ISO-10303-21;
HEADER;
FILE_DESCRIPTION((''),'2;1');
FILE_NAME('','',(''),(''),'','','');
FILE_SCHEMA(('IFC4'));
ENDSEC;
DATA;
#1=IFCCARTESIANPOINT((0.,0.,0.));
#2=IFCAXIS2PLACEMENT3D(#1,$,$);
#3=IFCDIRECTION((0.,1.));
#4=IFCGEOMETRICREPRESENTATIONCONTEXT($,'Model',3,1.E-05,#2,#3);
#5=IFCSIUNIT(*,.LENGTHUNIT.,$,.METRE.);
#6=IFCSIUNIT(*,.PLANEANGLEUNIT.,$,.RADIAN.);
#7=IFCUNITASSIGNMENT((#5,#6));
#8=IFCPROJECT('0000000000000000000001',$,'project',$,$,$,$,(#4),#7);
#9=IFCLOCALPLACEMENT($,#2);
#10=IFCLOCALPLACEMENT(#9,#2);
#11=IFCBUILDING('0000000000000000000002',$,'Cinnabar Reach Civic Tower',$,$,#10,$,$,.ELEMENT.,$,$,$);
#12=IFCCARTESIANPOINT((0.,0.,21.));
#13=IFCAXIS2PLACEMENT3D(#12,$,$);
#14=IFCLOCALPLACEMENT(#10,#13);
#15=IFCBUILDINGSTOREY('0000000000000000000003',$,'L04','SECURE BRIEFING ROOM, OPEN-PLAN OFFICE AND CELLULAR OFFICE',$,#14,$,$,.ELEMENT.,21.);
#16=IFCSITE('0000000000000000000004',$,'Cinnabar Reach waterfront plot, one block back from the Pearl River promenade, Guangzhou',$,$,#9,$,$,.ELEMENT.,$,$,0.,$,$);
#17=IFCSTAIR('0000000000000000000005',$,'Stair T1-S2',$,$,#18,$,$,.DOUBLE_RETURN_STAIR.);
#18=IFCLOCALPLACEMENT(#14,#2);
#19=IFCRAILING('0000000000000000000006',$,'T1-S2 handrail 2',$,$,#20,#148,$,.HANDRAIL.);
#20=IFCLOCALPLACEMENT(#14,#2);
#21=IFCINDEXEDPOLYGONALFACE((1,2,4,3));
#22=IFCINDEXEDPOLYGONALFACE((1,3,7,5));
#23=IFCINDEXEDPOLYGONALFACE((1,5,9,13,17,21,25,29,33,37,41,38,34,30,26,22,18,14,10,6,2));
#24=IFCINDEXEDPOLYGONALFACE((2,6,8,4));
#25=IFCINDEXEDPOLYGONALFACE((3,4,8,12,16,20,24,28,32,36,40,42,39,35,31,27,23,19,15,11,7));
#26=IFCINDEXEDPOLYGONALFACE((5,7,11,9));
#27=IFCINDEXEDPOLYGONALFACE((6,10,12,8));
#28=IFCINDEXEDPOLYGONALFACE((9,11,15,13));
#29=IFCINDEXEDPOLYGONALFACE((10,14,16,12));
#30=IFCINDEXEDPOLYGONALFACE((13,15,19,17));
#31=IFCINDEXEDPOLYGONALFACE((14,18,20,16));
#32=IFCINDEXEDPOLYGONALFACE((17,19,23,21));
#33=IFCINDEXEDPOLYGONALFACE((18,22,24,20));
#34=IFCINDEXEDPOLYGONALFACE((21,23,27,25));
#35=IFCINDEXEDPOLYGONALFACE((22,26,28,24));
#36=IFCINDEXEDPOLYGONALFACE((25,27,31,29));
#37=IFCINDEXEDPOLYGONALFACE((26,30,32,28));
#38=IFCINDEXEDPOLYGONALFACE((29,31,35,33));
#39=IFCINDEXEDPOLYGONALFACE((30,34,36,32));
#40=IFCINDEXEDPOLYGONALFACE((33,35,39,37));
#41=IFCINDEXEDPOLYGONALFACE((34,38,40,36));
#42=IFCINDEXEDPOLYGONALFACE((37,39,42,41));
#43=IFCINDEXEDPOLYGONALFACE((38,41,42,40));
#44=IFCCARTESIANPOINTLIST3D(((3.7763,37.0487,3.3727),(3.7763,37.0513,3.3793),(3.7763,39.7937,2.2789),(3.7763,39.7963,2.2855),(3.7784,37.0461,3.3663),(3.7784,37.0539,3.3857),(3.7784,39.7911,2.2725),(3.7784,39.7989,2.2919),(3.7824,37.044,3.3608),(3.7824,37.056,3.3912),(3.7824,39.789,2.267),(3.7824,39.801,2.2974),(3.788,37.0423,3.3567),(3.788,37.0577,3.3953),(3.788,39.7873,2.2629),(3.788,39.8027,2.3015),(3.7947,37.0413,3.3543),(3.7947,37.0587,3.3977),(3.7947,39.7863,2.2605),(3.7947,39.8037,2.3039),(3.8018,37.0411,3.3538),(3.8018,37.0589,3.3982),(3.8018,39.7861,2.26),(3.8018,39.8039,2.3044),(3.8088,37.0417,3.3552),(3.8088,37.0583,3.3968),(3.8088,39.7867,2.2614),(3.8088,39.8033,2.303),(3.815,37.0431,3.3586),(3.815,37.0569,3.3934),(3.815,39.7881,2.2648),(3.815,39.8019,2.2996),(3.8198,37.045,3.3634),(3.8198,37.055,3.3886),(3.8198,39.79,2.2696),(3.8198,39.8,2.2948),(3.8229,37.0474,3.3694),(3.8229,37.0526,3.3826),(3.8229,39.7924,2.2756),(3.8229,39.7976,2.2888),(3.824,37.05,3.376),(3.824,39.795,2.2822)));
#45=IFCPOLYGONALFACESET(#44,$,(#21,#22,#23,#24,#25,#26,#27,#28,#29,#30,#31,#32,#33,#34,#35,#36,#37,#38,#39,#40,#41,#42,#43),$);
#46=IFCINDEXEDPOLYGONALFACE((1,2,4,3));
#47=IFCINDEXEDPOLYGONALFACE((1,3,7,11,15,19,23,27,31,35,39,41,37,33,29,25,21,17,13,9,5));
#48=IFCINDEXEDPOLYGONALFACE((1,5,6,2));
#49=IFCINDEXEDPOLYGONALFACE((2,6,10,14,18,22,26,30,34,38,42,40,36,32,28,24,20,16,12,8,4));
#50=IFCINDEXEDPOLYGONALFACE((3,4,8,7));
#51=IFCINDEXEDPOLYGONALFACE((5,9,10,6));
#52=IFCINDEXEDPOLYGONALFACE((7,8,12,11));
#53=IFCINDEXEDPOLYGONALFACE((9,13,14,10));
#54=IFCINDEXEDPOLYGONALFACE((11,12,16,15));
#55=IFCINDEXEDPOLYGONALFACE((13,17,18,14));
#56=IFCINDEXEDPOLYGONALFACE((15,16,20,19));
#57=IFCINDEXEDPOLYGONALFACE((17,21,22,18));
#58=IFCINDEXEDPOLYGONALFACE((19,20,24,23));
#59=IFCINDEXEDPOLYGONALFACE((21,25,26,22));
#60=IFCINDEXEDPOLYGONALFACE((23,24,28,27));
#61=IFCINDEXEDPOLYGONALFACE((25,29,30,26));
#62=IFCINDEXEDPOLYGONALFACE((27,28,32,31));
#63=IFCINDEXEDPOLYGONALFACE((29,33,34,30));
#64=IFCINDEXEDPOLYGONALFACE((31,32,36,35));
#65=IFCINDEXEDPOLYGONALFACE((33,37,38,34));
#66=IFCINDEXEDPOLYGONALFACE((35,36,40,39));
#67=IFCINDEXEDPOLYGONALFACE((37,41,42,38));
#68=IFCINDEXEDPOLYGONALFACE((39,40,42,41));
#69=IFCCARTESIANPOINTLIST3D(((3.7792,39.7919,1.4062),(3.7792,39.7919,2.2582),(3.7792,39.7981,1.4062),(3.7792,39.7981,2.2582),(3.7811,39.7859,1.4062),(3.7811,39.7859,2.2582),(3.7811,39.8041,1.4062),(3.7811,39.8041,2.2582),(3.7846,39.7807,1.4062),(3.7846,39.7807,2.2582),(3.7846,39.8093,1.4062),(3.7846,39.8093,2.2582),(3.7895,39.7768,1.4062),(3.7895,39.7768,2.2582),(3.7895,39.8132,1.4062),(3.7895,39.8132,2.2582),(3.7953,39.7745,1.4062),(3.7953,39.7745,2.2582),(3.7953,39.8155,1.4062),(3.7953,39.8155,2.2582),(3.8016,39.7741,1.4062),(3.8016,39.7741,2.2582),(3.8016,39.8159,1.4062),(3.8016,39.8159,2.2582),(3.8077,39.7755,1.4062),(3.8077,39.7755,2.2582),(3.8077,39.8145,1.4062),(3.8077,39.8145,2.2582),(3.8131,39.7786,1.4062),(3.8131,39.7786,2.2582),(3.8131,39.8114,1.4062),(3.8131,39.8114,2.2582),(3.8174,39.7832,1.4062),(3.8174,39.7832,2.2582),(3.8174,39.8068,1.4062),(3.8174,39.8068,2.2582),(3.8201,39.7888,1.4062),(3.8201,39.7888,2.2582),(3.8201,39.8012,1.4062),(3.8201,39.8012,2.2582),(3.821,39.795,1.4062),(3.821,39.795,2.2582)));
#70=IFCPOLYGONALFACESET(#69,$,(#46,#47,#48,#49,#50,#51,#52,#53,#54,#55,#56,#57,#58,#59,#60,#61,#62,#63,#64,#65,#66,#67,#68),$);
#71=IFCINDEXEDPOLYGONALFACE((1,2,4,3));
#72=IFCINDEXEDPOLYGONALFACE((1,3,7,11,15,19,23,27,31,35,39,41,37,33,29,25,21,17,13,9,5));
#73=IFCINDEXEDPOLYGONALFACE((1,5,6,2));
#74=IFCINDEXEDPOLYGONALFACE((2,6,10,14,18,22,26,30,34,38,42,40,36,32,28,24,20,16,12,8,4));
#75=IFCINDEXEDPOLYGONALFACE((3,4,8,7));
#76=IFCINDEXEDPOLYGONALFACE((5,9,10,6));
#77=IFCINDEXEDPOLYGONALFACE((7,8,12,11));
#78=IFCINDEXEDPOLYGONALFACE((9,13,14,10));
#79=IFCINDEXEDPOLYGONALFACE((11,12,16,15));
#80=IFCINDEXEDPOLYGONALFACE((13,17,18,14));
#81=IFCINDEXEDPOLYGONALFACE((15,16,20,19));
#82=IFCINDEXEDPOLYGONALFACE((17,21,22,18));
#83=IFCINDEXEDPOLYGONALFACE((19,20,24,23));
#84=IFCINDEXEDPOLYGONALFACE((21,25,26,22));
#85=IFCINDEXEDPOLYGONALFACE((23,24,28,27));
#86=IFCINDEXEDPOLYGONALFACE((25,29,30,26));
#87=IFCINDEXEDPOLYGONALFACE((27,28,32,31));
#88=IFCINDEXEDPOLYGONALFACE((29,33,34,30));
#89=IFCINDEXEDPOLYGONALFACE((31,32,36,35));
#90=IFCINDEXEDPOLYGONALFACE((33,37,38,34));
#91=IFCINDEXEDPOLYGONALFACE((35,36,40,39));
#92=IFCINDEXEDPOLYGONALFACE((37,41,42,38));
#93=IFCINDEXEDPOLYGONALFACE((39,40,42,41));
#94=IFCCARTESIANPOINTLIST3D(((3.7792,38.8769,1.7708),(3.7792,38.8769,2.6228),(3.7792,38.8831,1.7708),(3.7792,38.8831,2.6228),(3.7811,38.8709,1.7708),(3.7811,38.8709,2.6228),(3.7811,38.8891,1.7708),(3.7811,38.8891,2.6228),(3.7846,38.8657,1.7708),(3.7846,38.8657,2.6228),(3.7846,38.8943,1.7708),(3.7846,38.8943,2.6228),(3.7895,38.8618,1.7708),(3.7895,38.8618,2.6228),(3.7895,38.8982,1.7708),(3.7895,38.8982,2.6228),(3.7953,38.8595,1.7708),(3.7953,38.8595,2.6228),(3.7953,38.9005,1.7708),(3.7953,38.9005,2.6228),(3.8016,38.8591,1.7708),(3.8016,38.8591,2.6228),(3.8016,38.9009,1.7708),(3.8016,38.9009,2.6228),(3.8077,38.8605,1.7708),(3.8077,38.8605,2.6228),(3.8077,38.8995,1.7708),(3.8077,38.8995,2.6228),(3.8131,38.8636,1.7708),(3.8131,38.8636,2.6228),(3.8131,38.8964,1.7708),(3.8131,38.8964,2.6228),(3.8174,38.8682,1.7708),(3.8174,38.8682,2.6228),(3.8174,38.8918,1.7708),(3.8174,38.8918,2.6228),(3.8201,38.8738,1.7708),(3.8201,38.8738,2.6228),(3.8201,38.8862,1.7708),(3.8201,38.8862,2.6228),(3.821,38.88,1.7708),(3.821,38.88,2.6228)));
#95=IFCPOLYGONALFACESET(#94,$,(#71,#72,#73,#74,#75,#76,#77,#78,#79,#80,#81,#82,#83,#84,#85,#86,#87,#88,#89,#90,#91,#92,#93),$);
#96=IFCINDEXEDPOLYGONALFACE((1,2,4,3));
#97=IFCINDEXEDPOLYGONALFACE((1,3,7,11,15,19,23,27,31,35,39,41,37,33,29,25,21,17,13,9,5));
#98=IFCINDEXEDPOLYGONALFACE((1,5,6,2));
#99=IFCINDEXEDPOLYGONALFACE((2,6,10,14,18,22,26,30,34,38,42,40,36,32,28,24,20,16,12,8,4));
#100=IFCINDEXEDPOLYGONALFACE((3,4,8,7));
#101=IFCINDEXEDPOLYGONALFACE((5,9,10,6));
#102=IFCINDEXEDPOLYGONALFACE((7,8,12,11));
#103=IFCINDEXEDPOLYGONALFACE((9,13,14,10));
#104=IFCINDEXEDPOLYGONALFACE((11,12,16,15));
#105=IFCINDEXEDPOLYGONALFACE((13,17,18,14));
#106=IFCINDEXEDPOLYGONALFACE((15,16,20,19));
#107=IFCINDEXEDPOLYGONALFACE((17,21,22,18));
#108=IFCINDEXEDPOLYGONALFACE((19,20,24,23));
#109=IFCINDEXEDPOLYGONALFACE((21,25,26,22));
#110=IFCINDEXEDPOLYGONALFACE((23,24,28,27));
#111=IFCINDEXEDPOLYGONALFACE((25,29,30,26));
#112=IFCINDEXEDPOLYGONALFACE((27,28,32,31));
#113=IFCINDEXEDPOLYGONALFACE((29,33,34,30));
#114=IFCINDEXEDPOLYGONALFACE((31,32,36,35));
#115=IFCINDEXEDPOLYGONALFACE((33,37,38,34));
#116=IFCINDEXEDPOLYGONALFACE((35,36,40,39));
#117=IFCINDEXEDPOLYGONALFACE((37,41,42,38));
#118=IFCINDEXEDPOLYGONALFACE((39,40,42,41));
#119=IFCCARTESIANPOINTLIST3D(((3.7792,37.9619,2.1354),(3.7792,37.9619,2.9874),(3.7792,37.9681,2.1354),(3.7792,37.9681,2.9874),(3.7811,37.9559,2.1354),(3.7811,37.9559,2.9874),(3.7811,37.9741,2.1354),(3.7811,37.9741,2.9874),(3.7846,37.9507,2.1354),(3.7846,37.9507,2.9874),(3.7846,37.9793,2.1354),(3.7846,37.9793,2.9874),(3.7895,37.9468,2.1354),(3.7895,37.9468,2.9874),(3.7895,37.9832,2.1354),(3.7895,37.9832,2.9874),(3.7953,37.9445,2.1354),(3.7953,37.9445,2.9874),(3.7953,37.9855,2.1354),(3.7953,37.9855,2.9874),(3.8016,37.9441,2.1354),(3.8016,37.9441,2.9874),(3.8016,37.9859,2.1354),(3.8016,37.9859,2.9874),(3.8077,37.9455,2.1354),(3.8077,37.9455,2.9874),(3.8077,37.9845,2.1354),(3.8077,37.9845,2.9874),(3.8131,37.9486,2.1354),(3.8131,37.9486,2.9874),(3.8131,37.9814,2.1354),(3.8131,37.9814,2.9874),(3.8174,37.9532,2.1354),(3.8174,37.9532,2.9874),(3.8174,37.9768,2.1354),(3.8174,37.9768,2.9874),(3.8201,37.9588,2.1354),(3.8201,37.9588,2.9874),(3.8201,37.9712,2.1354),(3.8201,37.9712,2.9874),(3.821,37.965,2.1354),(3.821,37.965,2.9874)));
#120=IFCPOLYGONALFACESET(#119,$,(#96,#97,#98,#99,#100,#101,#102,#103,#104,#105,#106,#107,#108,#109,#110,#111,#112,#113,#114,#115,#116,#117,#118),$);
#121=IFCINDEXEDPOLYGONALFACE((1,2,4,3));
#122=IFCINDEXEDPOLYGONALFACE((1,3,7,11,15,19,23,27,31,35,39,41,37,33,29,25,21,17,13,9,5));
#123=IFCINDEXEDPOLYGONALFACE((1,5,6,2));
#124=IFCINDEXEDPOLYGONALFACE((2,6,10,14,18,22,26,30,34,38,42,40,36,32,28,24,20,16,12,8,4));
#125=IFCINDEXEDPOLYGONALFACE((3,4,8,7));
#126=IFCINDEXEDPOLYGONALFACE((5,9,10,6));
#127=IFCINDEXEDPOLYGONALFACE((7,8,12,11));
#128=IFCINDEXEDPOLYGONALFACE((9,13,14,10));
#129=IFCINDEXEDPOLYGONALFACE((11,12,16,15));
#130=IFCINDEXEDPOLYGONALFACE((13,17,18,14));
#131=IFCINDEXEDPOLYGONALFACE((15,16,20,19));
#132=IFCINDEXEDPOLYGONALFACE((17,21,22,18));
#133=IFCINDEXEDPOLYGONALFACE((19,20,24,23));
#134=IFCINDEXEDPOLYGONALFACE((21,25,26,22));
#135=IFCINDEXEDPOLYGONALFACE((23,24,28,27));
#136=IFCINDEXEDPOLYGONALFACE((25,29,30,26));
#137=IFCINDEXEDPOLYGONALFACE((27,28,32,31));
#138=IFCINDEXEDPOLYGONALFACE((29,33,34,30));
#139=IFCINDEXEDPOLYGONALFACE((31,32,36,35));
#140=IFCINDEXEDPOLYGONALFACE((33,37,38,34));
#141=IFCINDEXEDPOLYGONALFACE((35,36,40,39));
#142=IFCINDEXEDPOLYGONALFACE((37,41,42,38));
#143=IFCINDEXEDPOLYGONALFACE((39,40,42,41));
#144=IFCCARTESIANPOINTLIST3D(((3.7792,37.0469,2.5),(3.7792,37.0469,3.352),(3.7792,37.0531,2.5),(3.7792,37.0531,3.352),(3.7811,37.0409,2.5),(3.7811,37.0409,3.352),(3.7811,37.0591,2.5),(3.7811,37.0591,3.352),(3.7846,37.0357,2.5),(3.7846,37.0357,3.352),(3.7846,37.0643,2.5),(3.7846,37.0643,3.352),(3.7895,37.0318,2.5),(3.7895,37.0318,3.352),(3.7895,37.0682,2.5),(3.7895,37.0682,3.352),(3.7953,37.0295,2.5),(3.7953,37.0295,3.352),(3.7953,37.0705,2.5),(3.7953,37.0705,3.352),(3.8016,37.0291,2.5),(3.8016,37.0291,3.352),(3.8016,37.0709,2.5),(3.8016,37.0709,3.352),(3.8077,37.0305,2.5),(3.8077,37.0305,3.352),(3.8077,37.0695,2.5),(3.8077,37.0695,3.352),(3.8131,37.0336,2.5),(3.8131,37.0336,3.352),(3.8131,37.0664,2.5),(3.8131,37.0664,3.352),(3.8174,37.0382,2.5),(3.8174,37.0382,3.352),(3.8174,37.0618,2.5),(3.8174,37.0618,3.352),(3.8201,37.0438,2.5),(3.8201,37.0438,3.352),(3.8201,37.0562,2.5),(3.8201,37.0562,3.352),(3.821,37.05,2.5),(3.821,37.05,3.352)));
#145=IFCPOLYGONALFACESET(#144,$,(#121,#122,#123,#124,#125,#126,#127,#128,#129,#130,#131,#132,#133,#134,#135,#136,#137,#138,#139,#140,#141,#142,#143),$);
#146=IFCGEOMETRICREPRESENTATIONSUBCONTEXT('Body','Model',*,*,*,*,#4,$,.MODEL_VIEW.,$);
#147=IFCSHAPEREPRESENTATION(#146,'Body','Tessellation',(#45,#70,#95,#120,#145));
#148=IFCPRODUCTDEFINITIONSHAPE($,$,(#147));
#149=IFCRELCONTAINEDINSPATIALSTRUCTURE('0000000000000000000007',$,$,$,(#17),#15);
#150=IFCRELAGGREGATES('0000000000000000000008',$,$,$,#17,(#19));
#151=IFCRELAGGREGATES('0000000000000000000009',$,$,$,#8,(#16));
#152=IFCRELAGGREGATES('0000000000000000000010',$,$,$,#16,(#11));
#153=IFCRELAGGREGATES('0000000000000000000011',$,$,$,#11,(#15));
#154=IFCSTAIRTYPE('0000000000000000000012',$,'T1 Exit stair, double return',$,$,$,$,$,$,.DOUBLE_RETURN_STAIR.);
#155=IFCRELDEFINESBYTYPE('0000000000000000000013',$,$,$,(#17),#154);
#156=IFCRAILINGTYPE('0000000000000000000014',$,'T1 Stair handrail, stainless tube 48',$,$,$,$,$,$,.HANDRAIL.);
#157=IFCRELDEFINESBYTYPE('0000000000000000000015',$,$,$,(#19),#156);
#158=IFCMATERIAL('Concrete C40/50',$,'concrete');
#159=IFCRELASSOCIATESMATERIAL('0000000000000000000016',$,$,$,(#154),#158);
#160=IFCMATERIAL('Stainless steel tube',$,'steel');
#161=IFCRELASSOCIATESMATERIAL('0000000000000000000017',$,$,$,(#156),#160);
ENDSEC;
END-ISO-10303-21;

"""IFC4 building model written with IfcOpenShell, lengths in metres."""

from ifc_helpers import new_model, si_unit, direction, frame, origin, origin_2d, place, context, subcontext, project, spatial, circle, extrude, material, type_object, element, aggregate, save


model = new_model("IFC4")

# Units and contexts
model_context = context("Model", 3, precision=1e-05, world=origin(), true_north=direction((0.0, 1.0)))
body_context = subcontext(model_context, "Body", "Model", "MODEL_VIEW")
ifc_project = project(units=[si_unit("LENGTHUNIT", "METRE"), si_unit("PLANEANGLEUNIT", "RADIAN")], contexts=[model_context])

# Site, building, storey
site_placement = place(None, origin())
site = spatial("IfcSite", under=ifc_project, at=site_placement, Name="Cinnabar Reach waterfront plot, one block back from the Pearl River promenade, Guangzhou", CompositionType="ELEMENT", RefElevation=0.0)
building_placement = place(site_placement, origin())
building = spatial("IfcBuilding", under=site, at=building_placement, Name="Cinnabar Reach Civic Tower", CompositionType="ELEMENT")
storey_placement = place(building_placement, frame((0.0, 0.0, 21.0)))
storey = spatial("IfcBuildingStorey", under=building, at=storey_placement, Name="L04", Description="SECURE BRIEFING ROOM, OPEN-PLAN OFFICE AND CELLULAR OFFICE", CompositionType="ELEMENT", Elevation=21.0)

# Shared definitions
ifc_material_1 = material(Name="Concrete C40/50", Category="concrete")

# Stair, railing
stair_type = type_object("IfcStairType", Name="T1 Exit stair, double return", PredefinedType="DOUBLE_RETURN_STAIR", material=ifc_material_1)
stair_placement = place(storey_placement, origin())
stair = element("IfcStair", 1, at=stair_placement, inside=storey, type_object=stair_type, Name="Stair T1-S2", PredefinedType="DOUBLE_RETURN_STAIR")
ifc_material_2 = material(Name="Stainless steel tube", Category="steel")
railing_type = type_object("IfcRailingType", Name="T1 Stair handrail, stainless tube 48", PredefinedType="HANDRAIL", material=ifc_material_2)
railing_1_placement = place(storey_placement, frame((3.8, 39.795, 1.4062)))
railing_1 = element("IfcRailing", 2, at=railing_1_placement, type_object=railing_type, Name="T1-S2 handrail 2", PredefinedType="HANDRAIL", context=body_context, shape_type="SweptSolid", body=[
    extrude(circle(Radius=0.024, at=origin_2d()), frame((0.0, 0.0, 0.876), z_axis=(0.0, -0.928966, 0.370165), x_axis=(1.0, 0.0, 0.0)), (0.0, 0.0, 1.0), 2.9549),
    extrude(circle(Radius=0.021, at=origin_2d()), origin(), (0.0, 0.0, 1.0), 0.852),
    extrude(circle(Radius=0.021, at=origin_2d()), frame((0.0, -0.915, 0.3646)), (0.0, 0.0, 1.0), 0.852),
    extrude(circle(Radius=0.021, at=origin_2d()), frame((0.0, -1.83, 0.7292)), (0.0, 0.0, 1.0), 0.852),
    extrude(circle(Radius=0.021, at=origin_2d()), frame((0.0, -2.745, 1.0938)), (0.0, 0.0, 1.0), 0.852),
])
aggregate(stair, [railing_1])

save(model, "model.ifc")
